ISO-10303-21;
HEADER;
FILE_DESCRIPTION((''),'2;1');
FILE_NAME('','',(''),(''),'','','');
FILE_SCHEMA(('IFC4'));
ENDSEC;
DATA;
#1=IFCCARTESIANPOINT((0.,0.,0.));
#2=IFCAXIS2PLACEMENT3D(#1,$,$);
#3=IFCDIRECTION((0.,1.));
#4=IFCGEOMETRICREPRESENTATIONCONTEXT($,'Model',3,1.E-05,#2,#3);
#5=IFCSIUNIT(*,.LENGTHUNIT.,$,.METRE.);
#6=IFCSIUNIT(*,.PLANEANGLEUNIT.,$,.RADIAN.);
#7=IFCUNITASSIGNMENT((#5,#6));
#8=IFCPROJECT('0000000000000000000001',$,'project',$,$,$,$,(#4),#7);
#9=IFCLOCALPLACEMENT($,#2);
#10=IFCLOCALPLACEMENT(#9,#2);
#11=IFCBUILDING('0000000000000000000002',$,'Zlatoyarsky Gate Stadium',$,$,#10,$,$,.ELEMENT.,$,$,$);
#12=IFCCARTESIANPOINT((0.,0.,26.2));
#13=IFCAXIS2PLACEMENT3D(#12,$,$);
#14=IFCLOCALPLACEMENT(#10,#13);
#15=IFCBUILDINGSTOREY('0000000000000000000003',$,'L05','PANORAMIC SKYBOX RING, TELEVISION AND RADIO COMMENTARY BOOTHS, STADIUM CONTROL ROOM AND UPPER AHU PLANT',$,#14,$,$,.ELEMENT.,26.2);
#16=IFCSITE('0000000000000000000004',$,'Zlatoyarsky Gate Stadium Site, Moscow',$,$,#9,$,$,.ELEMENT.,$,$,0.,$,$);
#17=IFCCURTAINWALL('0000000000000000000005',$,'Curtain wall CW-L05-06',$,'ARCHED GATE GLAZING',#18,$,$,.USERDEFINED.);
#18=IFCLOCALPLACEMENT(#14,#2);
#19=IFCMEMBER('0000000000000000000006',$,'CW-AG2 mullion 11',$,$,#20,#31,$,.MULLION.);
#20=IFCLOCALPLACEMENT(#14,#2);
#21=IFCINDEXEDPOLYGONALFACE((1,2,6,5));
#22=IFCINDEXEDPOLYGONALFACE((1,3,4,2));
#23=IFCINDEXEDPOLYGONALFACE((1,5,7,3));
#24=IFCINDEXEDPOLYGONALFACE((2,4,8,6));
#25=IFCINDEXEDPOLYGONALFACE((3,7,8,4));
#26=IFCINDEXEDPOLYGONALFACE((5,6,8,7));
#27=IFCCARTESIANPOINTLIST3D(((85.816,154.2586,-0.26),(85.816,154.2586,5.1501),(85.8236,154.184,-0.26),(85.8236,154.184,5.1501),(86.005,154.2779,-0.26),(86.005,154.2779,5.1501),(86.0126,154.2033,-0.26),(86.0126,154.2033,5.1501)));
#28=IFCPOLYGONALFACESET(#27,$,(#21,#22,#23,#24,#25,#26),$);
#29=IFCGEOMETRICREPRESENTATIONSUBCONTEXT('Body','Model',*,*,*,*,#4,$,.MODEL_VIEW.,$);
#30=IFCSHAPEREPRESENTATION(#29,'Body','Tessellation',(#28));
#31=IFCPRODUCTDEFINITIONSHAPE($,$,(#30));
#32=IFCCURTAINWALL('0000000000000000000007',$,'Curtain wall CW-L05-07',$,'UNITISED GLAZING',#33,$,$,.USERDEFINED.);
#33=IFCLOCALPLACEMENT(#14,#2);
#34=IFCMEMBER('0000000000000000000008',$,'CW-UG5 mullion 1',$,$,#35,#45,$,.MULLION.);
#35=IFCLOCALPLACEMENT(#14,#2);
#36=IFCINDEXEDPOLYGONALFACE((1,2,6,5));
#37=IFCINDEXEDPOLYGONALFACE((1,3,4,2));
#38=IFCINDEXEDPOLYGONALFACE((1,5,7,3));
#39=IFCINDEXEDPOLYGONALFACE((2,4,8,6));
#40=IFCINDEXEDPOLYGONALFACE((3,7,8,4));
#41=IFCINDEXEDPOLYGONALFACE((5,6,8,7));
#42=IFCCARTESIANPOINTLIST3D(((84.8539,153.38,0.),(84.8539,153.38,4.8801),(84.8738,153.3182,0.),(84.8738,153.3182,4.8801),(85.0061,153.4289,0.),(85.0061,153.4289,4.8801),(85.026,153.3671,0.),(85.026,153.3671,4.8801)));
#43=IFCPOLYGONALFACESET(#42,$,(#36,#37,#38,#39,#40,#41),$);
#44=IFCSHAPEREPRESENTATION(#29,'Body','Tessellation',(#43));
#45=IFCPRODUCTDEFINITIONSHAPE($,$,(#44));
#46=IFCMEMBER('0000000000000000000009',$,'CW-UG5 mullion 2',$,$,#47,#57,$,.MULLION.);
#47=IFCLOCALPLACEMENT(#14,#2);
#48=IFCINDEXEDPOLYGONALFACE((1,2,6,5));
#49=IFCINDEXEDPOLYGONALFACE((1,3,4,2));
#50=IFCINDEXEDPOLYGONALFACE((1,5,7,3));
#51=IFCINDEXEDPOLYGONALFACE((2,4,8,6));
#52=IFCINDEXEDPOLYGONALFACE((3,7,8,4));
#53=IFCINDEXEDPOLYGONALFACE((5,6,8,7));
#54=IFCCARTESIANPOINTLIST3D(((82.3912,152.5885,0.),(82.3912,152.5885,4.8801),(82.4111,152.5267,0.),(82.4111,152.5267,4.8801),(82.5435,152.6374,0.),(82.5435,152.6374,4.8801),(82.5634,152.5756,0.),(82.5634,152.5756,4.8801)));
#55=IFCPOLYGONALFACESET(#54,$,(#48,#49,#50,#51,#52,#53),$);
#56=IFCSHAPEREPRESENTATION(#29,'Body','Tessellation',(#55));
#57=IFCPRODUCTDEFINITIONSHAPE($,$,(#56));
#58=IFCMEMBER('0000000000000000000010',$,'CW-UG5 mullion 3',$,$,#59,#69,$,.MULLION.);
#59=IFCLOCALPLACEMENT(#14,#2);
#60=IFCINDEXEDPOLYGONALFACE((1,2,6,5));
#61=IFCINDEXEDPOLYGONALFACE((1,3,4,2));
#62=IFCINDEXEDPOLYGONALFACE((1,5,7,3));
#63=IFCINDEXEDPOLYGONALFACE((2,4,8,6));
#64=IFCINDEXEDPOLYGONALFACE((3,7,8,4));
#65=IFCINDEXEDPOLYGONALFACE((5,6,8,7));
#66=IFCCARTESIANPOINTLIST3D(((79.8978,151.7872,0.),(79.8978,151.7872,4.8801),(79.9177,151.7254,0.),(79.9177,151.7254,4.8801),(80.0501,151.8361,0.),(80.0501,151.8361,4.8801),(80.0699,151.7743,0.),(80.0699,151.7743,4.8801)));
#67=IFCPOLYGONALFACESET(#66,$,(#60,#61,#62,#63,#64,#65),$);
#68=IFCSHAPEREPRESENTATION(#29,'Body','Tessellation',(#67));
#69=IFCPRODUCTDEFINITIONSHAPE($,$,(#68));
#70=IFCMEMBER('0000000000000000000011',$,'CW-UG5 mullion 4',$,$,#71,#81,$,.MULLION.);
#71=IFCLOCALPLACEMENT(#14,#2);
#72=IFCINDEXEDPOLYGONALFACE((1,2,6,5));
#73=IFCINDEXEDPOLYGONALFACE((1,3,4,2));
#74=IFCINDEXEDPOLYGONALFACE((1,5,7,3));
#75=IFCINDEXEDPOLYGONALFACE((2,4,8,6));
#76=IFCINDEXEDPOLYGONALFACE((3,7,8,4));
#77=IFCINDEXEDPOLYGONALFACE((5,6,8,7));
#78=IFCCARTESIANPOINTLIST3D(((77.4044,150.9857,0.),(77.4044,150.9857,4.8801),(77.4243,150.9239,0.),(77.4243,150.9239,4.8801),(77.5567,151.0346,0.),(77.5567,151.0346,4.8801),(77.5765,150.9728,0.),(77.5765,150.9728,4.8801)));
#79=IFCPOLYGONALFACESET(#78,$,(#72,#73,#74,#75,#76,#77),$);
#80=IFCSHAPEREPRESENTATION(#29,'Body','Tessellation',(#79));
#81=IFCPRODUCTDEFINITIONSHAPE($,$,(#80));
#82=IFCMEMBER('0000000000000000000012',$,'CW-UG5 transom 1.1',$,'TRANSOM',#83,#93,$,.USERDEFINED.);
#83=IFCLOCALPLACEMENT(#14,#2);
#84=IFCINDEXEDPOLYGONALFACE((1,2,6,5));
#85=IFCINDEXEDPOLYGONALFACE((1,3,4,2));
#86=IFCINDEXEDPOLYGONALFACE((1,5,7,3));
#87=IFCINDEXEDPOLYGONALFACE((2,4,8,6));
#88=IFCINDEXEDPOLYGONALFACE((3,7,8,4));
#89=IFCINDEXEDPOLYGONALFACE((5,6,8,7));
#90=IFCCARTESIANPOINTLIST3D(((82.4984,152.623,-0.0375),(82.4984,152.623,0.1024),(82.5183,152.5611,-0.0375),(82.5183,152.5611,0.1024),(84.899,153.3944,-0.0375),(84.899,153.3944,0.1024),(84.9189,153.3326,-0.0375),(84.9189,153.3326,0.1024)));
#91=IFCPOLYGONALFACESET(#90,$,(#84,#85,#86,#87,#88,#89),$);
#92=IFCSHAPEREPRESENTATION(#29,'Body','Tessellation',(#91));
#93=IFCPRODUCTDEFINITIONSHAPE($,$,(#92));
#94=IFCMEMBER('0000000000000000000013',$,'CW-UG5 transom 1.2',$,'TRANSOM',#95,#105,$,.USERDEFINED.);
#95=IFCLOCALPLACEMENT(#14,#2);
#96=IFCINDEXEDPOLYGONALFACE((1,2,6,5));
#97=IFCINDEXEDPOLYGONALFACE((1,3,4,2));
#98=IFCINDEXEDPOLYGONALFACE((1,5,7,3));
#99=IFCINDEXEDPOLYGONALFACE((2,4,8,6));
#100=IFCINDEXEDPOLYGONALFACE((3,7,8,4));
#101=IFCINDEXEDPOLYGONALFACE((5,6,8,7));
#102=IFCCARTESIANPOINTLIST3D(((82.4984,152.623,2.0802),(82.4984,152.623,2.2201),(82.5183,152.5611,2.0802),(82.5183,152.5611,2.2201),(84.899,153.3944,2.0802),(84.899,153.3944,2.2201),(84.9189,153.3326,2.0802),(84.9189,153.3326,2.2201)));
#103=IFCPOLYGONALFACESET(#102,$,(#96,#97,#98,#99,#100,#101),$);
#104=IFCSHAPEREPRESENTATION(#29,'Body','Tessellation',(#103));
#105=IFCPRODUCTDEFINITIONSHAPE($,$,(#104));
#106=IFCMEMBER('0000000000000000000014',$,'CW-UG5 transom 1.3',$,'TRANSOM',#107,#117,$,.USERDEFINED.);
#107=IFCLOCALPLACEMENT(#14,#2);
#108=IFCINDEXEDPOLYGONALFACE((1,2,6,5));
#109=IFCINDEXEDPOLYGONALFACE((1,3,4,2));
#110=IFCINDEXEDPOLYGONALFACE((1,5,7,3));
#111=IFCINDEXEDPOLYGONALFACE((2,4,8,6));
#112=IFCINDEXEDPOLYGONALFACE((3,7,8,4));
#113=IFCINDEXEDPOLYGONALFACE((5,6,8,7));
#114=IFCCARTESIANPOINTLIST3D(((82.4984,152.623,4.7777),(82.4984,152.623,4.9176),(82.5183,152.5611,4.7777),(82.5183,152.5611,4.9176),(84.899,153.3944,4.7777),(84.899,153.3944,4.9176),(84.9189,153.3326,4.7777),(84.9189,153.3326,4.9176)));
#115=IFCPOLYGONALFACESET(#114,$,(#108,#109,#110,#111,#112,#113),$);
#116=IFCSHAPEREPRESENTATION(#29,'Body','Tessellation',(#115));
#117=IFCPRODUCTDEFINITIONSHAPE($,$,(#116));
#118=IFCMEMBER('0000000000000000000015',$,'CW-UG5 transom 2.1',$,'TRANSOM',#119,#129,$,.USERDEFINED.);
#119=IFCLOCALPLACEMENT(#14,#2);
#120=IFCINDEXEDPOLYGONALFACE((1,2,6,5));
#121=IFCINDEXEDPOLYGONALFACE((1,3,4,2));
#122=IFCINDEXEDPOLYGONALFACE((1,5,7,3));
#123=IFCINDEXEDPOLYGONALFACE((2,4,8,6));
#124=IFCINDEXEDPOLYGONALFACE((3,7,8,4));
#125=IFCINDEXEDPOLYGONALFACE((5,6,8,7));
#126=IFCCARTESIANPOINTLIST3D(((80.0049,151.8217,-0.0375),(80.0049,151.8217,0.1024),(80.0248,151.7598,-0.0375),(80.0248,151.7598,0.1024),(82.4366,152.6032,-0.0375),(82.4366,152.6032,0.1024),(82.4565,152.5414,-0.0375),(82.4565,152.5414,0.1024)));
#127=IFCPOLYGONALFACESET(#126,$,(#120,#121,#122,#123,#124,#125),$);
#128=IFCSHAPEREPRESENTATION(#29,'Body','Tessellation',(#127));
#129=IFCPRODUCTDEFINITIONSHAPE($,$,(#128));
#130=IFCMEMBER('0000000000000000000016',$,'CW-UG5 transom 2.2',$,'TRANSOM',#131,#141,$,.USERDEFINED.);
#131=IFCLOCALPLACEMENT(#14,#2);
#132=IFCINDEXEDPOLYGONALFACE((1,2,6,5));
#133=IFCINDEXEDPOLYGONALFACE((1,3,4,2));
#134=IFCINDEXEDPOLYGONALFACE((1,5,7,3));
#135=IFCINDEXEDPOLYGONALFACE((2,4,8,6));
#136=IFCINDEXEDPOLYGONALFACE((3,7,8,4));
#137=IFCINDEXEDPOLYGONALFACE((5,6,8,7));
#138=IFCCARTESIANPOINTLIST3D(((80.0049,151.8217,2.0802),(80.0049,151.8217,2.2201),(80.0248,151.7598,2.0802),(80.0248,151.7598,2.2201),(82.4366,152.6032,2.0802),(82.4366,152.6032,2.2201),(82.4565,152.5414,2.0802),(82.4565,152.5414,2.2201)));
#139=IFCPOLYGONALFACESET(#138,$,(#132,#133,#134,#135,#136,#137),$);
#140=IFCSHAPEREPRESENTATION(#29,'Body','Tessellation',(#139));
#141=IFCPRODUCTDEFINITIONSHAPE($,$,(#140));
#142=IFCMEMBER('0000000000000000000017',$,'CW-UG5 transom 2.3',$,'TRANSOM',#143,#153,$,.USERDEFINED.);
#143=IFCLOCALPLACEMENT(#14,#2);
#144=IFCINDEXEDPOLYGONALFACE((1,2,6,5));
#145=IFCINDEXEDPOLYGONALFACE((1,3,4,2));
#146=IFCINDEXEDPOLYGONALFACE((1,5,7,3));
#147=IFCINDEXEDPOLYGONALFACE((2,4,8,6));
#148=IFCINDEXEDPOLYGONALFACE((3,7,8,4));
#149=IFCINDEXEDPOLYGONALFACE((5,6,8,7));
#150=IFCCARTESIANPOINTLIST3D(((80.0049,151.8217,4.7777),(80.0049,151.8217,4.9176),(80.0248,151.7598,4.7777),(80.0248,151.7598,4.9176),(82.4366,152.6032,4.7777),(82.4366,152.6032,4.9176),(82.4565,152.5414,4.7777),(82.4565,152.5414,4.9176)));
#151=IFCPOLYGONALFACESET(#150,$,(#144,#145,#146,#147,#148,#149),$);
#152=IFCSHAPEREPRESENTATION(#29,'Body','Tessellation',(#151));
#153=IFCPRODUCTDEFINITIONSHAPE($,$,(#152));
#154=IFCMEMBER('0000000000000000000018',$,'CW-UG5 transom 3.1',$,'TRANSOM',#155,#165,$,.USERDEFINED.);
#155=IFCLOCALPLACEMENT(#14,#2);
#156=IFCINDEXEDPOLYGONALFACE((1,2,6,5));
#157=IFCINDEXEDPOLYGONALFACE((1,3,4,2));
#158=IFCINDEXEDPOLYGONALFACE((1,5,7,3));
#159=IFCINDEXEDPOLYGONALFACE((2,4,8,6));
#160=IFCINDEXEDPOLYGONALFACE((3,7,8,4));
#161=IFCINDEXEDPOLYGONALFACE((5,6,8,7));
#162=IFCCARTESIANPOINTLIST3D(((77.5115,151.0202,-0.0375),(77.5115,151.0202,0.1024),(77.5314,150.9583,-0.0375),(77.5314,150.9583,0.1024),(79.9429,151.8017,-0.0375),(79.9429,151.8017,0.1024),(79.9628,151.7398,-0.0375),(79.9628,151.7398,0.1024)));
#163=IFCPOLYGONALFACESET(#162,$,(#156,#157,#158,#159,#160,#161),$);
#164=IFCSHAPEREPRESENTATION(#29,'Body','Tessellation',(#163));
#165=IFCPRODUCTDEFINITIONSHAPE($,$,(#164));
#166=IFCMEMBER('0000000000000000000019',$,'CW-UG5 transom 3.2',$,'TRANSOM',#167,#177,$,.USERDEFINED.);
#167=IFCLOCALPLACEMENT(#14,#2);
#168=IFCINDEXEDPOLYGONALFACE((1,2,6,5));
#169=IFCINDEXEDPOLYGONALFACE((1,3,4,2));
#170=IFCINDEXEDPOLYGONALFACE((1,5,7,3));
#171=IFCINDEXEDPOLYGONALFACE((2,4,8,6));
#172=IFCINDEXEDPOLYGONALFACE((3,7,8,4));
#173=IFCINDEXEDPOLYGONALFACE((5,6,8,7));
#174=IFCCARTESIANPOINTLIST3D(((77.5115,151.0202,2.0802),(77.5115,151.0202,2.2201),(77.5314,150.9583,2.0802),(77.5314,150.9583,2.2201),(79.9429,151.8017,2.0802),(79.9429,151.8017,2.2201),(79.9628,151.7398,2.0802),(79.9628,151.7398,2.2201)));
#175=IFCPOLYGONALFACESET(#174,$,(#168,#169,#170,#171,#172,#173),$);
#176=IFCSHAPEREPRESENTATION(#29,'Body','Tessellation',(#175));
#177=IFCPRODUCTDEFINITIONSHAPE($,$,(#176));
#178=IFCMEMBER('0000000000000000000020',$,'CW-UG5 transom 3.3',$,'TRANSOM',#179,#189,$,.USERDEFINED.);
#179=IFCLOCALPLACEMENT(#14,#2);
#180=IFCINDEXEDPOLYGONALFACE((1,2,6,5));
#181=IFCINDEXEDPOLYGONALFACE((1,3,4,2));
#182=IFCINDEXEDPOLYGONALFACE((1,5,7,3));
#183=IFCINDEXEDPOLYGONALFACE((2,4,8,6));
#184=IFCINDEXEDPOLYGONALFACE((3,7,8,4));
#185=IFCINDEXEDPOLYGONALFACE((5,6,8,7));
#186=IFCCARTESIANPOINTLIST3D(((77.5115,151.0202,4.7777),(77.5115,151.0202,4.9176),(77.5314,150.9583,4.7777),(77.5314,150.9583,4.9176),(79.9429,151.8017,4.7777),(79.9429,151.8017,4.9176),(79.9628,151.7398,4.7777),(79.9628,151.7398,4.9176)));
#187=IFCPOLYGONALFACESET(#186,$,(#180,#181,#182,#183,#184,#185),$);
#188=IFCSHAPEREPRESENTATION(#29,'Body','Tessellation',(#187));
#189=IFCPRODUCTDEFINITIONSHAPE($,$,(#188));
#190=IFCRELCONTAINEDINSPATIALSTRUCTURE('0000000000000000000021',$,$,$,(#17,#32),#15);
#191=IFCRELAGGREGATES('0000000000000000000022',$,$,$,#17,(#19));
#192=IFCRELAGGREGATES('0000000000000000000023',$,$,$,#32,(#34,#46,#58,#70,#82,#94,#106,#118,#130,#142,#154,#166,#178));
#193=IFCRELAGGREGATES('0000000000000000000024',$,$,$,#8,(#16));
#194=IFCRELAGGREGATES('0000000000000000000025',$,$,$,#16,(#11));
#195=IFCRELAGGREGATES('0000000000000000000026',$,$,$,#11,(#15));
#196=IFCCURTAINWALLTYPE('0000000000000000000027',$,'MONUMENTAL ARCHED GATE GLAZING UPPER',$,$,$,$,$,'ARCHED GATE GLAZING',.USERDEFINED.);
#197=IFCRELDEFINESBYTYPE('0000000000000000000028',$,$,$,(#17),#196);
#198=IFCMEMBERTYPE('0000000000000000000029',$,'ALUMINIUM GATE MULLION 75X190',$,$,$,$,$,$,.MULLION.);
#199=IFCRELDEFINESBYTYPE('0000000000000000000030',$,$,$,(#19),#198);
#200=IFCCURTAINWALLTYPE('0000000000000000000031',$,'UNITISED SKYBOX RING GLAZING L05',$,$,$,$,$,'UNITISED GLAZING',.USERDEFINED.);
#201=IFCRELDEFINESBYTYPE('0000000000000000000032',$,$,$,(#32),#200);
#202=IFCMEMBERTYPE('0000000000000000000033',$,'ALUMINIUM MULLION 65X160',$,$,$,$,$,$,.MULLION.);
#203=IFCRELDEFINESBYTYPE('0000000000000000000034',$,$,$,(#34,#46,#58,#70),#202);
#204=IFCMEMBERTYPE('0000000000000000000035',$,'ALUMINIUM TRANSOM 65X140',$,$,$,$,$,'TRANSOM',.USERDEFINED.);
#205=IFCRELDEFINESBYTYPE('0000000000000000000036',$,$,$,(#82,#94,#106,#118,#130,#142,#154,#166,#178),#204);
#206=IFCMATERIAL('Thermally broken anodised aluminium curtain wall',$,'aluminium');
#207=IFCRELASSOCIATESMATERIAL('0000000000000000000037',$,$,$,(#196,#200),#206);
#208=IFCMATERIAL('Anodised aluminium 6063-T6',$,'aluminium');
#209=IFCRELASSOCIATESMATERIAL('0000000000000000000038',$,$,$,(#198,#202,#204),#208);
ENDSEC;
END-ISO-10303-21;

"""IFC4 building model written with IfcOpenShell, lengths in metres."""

from ifc_helpers import new_model, si_unit, direction, frame, origin, origin_2d, place, context, subcontext, project, spatial, rectangle, extrude, material, material_profile, profile_set, type_object, element, aggregate, save


model = new_model("IFC4")

# Units and contexts
model_context = context("Model", 3, precision=1e-05, world=origin(), true_north=direction((0.0, 1.0)))
body_context = subcontext(model_context, "Body", "Model", "MODEL_VIEW")
ifc_project = project(units=[si_unit("LENGTHUNIT", "METRE"), si_unit("PLANEANGLEUNIT", "RADIAN")], contexts=[model_context])

# Site, building, storey
site_placement = place(None, origin())
site = spatial("IfcSite", under=ifc_project, at=site_placement, Name="Zlatoyarsky Gate Stadium Site, Moscow", CompositionType="ELEMENT", RefElevation=0.0)
building_placement = place(site_placement, origin())
building = spatial("IfcBuilding", under=site, at=building_placement, Name="Zlatoyarsky Gate Stadium", CompositionType="ELEMENT")
storey_placement = place(building_placement, frame((0.0, 0.0, 26.2)))
storey = spatial("IfcBuildingStorey", under=building, at=storey_placement, Name="L05", Description="PANORAMIC SKYBOX RING, TELEVISION AND RADIO COMMENTARY BOOTHS, STADIUM CONTROL ROOM AND UPPER AHU PLANT", CompositionType="ELEMENT", Elevation=26.2)

# Curtain wall, member
ifc_material_1 = material(Name="Thermally broken anodised aluminium curtain wall", Category="aluminium")
curtain_wall_type_1 = type_object("IfcCurtainWallType", Name="MONUMENTAL ARCHED GATE GLAZING UPPER", ElementType="ARCHED GATE GLAZING", PredefinedType="USERDEFINED", material=ifc_material_1)
curtain_wall_1_placement = place(storey_placement, origin())
curtain_wall_1 = element("IfcCurtainWall", 1, at=curtain_wall_1_placement, inside=storey, type_object=curtain_wall_type_1, Name="Curtain wall CW-L05-06", ObjectType="ARCHED GATE GLAZING", PredefinedType="USERDEFINED")
ifc_material_2 = material(Name="Anodised aluminium 6063-T6", Category="aluminium")
ifc_material_profile_1 = material_profile(ifc_material_2, rectangle(XDim=0.075, YDim=0.1899, at=origin_2d()), Name="ALU 75X190")
ifc_profile_set_1 = profile_set([ifc_material_profile_1], Name="Anodised aluminium 6063-T6")
member_type_1 = type_object("IfcMemberType", Name="ALUMINIUM GATE MULLION 75X190", PredefinedType="MULLION", material=ifc_profile_set_1)
member_1_placement = place(storey_placement, frame((85.9143, 154.231, -0.26), z_axis=(0.0, 0.0, 1.0), x_axis=(0.101805, -0.994804, 0.0)))
member_1 = element("IfcMember", 2, at=member_1_placement, type_object=member_type_1, Name="CW-AG2 mullion 11", PredefinedType="MULLION", context=body_context, shape_type="SweptSolid", body=[
    extrude(rectangle(XDim=0.075, YDim=0.1899, at=origin_2d()), origin(), (0.0, 0.0, 1.0), 5.4102),
])
aggregate(curtain_wall_1, [member_1])

# Curtain wall, members
curtain_wall_type_2 = type_object("IfcCurtainWallType", Name="UNITISED SKYBOX RING GLAZING L05", ElementType="UNITISED GLAZING", PredefinedType="USERDEFINED", material=ifc_material_1)
curtain_wall_2_placement = place(storey_placement, origin())
curtain_wall_2 = element("IfcCurtainWall", 3, at=curtain_wall_2_placement, inside=storey, type_object=curtain_wall_type_2, Name="Curtain wall CW-L05-07", ObjectType="UNITISED GLAZING", PredefinedType="USERDEFINED")
ifc_material_profile_2 = material_profile(ifc_material_2, rectangle(XDim=0.0649, YDim=0.1599, at=origin_2d()), Name="ALU 65X160")
ifc_profile_set_2 = profile_set([ifc_material_profile_2], Name="Anodised aluminium 6063-T6")
member_type_2 = type_object("IfcMemberType", Name="ALUMINIUM MULLION 65X160", PredefinedType="MULLION", material=ifc_profile_set_2)
member_2_placement = place(storey_placement, frame((84.9399, 153.3735, 0.0), z_axis=(0.0, 0.0, 1.0), x_axis=(0.305979, -0.952038, 0.0)))
member_2 = element("IfcMember", 4, at=member_2_placement, type_object=member_type_2, Name="CW-UG5 mullion 1", PredefinedType="MULLION", context=body_context, shape_type="SweptSolid", body=[
    extrude(rectangle(XDim=0.0649, YDim=0.1599, at=origin_2d()), origin(), (0.0, 0.0, 1.0), 4.8801),
])
member_3_placement = place(storey_placement, frame((82.4773, 152.582, 0.0), z_axis=(0.0, 0.0, 1.0), x_axis=(0.305979, -0.952038, 0.0)))
member_3 = element("IfcMember", 5, at=member_3_placement, type_object=member_type_2, Name="CW-UG5 mullion 2", PredefinedType="MULLION", context=body_context, shape_type="SweptSolid", body=[
    extrude(rectangle(XDim=0.0649, YDim=0.1599, at=origin_2d()), origin(), (0.0, 0.0, 1.0), 4.8801),
])
member_4_placement = place(storey_placement, frame((79.9839, 151.7808, 0.0), z_axis=(0.0, 0.0, 1.0), x_axis=(0.305979, -0.952038, 0.0)))
member_4 = element("IfcMember", 6, at=member_4_placement, type_object=member_type_2, Name="CW-UG5 mullion 3", PredefinedType="MULLION", context=body_context, shape_type="SweptSolid", body=[
    extrude(rectangle(XDim=0.0649, YDim=0.1599, at=origin_2d()), origin(), (0.0, 0.0, 1.0), 4.8801),
])
member_5_placement = place(storey_placement, frame((77.4905, 150.9792, 0.0), z_axis=(0.0, 0.0, 1.0), x_axis=(0.305979, -0.952038, 0.0)))
member_5 = element("IfcMember", 7, at=member_5_placement, type_object=member_type_2, Name="CW-UG5 mullion 4", PredefinedType="MULLION", context=body_context, shape_type="SweptSolid", body=[
    extrude(rectangle(XDim=0.0649, YDim=0.1599, at=origin_2d()), origin(), (0.0, 0.0, 1.0), 4.8801),
])
ifc_material_profile_3 = material_profile(ifc_material_2, rectangle(XDim=0.0649, YDim=0.1399, at=origin_2d()), Name="ALU 65X140")
ifc_profile_set_3 = profile_set([ifc_material_profile_3], Name="Anodised aluminium 6063-T6")
member_type_3 = type_object("IfcMemberType", Name="ALUMINIUM TRANSOM 65X140", ElementType="TRANSOM", PredefinedType="USERDEFINED", material=ifc_profile_set_3)
member_6_placement = place(storey_placement, frame((84.9089, 153.3635, 0.0325), z_axis=(-0.952046, -0.305956, 0.0), x_axis=(0.305956, -0.952046, 0.0)))
member_6 = element("IfcMember", 8, at=member_6_placement, type_object=member_type_3, Name="CW-UG5 transom 1.1", ObjectType="TRANSOM", PredefinedType="USERDEFINED", context=body_context, shape_type="SweptSolid", body=[
    extrude(rectangle(XDim=0.0649, YDim=0.1399, at=origin_2d()), origin(), (0.0, 0.0, 1.0), 2.5215),
])
member_7_placement = place(storey_placement, frame((84.9089, 153.3635, 2.1501), z_axis=(-0.952046, -0.305956, 0.0), x_axis=(0.305956, -0.952046, 0.0)))
member_7 = element("IfcMember", 9, at=member_7_placement, type_object=member_type_3, Name="CW-UG5 transom 1.2", ObjectType="TRANSOM", PredefinedType="USERDEFINED", context=body_context, shape_type="SweptSolid", body=[
    extrude(rectangle(XDim=0.0649, YDim=0.1399, at=origin_2d()), origin(), (0.0, 0.0, 1.0), 2.5215),
])
member_8_placement = place(storey_placement, frame((84.9089, 153.3635, 4.8477), z_axis=(-0.952046, -0.305956, 0.0), x_axis=(0.305956, -0.952046, 0.0)))
member_8 = element("IfcMember", 10, at=member_8_placement, type_object=member_type_3, Name="CW-UG5 transom 1.3", ObjectType="TRANSOM", PredefinedType="USERDEFINED", context=body_context, shape_type="SweptSolid", body=[
    extrude(rectangle(XDim=0.0649, YDim=0.1399, at=origin_2d()), origin(), (0.0, 0.0, 1.0), 2.5215),
])
member_9_placement = place(storey_placement, frame((82.4465, 152.5723, 0.0325), z_axis=(-0.95204, -0.305972, 0.0), x_axis=(0.305972, -0.95204, 0.0)))
member_9 = element("IfcMember", 11, at=member_9_placement, type_object=member_type_3, Name="CW-UG5 transom 2.1", ObjectType="TRANSOM", PredefinedType="USERDEFINED", context=body_context, shape_type="SweptSolid", body=[
    extrude(rectangle(XDim=0.0649, YDim=0.1399, at=origin_2d()), origin(), (0.0, 0.0, 1.0), 2.5542),
])
member_10_placement = place(storey_placement, frame((82.4465, 152.5723, 2.1501), z_axis=(-0.95204, -0.305972, 0.0), x_axis=(0.305972, -0.95204, 0.0)))
member_10 = element("IfcMember", 12, at=member_10_placement, type_object=member_type_3, Name="CW-UG5 transom 2.2", ObjectType="TRANSOM", PredefinedType="USERDEFINED", context=body_context, shape_type="SweptSolid", body=[
    extrude(rectangle(XDim=0.0649, YDim=0.1399, at=origin_2d()), origin(), (0.0, 0.0, 1.0), 2.5542),
])
member_11_placement = place(storey_placement, frame((82.4465, 152.5723, 4.8477), z_axis=(-0.95204, -0.305972, 0.0), x_axis=(0.305972, -0.95204, 0.0)))
member_11 = element("IfcMember", 13, at=member_11_placement, type_object=member_type_3, Name="CW-UG5 transom 2.3", ObjectType="TRANSOM", PredefinedType="USERDEFINED", context=body_context, shape_type="SweptSolid", body=[
    extrude(rectangle(XDim=0.0649, YDim=0.1399, at=origin_2d()), origin(), (0.0, 0.0, 1.0), 2.5542),
])
member_12_placement = place(storey_placement, frame((79.9529, 151.7708, 0.0325), z_axis=(-0.952032, -0.306, 0.0), x_axis=(0.306, -0.952032, 0.0)))
member_12 = element("IfcMember", 14, at=member_12_placement, type_object=member_type_3, Name="CW-UG5 transom 3.1", ObjectType="TRANSOM", PredefinedType="USERDEFINED", context=body_context, shape_type="SweptSolid", body=[
    extrude(rectangle(XDim=0.0649, YDim=0.1399, at=origin_2d()), origin(), (0.0, 0.0, 1.0), 2.554),
])
member_13_placement = place(storey_placement, frame((79.9529, 151.7708, 2.1501), z_axis=(-0.952032, -0.306, 0.0), x_axis=(0.306, -0.952032, 0.0)))
member_13 = element("IfcMember", 15, at=member_13_placement, type_object=member_type_3, Name="CW-UG5 transom 3.2", ObjectType="TRANSOM", PredefinedType="USERDEFINED", context=body_context, shape_type="SweptSolid", body=[
    extrude(rectangle(XDim=0.0649, YDim=0.1399, at=origin_2d()), origin(), (0.0, 0.0, 1.0), 2.554),
])
member_14_placement = place(storey_placement, frame((79.9529, 151.7708, 4.8477), z_axis=(-0.952032, -0.306, 0.0), x_axis=(0.306, -0.952032, 0.0)))
member_14 = element("IfcMember", 16, at=member_14_placement, type_object=member_type_3, Name="CW-UG5 transom 3.3", ObjectType="TRANSOM", PredefinedType="USERDEFINED", context=body_context, shape_type="SweptSolid", body=[
    extrude(rectangle(XDim=0.0649, YDim=0.1399, at=origin_2d()), origin(), (0.0, 0.0, 1.0), 2.554),
])

aggregate(curtain_wall_2, [member_2, member_3, member_4, member_5, member_6, member_7, member_8, member_9, member_10, member_11, member_12, member_13, member_14])

save(model, "model.ifc")
